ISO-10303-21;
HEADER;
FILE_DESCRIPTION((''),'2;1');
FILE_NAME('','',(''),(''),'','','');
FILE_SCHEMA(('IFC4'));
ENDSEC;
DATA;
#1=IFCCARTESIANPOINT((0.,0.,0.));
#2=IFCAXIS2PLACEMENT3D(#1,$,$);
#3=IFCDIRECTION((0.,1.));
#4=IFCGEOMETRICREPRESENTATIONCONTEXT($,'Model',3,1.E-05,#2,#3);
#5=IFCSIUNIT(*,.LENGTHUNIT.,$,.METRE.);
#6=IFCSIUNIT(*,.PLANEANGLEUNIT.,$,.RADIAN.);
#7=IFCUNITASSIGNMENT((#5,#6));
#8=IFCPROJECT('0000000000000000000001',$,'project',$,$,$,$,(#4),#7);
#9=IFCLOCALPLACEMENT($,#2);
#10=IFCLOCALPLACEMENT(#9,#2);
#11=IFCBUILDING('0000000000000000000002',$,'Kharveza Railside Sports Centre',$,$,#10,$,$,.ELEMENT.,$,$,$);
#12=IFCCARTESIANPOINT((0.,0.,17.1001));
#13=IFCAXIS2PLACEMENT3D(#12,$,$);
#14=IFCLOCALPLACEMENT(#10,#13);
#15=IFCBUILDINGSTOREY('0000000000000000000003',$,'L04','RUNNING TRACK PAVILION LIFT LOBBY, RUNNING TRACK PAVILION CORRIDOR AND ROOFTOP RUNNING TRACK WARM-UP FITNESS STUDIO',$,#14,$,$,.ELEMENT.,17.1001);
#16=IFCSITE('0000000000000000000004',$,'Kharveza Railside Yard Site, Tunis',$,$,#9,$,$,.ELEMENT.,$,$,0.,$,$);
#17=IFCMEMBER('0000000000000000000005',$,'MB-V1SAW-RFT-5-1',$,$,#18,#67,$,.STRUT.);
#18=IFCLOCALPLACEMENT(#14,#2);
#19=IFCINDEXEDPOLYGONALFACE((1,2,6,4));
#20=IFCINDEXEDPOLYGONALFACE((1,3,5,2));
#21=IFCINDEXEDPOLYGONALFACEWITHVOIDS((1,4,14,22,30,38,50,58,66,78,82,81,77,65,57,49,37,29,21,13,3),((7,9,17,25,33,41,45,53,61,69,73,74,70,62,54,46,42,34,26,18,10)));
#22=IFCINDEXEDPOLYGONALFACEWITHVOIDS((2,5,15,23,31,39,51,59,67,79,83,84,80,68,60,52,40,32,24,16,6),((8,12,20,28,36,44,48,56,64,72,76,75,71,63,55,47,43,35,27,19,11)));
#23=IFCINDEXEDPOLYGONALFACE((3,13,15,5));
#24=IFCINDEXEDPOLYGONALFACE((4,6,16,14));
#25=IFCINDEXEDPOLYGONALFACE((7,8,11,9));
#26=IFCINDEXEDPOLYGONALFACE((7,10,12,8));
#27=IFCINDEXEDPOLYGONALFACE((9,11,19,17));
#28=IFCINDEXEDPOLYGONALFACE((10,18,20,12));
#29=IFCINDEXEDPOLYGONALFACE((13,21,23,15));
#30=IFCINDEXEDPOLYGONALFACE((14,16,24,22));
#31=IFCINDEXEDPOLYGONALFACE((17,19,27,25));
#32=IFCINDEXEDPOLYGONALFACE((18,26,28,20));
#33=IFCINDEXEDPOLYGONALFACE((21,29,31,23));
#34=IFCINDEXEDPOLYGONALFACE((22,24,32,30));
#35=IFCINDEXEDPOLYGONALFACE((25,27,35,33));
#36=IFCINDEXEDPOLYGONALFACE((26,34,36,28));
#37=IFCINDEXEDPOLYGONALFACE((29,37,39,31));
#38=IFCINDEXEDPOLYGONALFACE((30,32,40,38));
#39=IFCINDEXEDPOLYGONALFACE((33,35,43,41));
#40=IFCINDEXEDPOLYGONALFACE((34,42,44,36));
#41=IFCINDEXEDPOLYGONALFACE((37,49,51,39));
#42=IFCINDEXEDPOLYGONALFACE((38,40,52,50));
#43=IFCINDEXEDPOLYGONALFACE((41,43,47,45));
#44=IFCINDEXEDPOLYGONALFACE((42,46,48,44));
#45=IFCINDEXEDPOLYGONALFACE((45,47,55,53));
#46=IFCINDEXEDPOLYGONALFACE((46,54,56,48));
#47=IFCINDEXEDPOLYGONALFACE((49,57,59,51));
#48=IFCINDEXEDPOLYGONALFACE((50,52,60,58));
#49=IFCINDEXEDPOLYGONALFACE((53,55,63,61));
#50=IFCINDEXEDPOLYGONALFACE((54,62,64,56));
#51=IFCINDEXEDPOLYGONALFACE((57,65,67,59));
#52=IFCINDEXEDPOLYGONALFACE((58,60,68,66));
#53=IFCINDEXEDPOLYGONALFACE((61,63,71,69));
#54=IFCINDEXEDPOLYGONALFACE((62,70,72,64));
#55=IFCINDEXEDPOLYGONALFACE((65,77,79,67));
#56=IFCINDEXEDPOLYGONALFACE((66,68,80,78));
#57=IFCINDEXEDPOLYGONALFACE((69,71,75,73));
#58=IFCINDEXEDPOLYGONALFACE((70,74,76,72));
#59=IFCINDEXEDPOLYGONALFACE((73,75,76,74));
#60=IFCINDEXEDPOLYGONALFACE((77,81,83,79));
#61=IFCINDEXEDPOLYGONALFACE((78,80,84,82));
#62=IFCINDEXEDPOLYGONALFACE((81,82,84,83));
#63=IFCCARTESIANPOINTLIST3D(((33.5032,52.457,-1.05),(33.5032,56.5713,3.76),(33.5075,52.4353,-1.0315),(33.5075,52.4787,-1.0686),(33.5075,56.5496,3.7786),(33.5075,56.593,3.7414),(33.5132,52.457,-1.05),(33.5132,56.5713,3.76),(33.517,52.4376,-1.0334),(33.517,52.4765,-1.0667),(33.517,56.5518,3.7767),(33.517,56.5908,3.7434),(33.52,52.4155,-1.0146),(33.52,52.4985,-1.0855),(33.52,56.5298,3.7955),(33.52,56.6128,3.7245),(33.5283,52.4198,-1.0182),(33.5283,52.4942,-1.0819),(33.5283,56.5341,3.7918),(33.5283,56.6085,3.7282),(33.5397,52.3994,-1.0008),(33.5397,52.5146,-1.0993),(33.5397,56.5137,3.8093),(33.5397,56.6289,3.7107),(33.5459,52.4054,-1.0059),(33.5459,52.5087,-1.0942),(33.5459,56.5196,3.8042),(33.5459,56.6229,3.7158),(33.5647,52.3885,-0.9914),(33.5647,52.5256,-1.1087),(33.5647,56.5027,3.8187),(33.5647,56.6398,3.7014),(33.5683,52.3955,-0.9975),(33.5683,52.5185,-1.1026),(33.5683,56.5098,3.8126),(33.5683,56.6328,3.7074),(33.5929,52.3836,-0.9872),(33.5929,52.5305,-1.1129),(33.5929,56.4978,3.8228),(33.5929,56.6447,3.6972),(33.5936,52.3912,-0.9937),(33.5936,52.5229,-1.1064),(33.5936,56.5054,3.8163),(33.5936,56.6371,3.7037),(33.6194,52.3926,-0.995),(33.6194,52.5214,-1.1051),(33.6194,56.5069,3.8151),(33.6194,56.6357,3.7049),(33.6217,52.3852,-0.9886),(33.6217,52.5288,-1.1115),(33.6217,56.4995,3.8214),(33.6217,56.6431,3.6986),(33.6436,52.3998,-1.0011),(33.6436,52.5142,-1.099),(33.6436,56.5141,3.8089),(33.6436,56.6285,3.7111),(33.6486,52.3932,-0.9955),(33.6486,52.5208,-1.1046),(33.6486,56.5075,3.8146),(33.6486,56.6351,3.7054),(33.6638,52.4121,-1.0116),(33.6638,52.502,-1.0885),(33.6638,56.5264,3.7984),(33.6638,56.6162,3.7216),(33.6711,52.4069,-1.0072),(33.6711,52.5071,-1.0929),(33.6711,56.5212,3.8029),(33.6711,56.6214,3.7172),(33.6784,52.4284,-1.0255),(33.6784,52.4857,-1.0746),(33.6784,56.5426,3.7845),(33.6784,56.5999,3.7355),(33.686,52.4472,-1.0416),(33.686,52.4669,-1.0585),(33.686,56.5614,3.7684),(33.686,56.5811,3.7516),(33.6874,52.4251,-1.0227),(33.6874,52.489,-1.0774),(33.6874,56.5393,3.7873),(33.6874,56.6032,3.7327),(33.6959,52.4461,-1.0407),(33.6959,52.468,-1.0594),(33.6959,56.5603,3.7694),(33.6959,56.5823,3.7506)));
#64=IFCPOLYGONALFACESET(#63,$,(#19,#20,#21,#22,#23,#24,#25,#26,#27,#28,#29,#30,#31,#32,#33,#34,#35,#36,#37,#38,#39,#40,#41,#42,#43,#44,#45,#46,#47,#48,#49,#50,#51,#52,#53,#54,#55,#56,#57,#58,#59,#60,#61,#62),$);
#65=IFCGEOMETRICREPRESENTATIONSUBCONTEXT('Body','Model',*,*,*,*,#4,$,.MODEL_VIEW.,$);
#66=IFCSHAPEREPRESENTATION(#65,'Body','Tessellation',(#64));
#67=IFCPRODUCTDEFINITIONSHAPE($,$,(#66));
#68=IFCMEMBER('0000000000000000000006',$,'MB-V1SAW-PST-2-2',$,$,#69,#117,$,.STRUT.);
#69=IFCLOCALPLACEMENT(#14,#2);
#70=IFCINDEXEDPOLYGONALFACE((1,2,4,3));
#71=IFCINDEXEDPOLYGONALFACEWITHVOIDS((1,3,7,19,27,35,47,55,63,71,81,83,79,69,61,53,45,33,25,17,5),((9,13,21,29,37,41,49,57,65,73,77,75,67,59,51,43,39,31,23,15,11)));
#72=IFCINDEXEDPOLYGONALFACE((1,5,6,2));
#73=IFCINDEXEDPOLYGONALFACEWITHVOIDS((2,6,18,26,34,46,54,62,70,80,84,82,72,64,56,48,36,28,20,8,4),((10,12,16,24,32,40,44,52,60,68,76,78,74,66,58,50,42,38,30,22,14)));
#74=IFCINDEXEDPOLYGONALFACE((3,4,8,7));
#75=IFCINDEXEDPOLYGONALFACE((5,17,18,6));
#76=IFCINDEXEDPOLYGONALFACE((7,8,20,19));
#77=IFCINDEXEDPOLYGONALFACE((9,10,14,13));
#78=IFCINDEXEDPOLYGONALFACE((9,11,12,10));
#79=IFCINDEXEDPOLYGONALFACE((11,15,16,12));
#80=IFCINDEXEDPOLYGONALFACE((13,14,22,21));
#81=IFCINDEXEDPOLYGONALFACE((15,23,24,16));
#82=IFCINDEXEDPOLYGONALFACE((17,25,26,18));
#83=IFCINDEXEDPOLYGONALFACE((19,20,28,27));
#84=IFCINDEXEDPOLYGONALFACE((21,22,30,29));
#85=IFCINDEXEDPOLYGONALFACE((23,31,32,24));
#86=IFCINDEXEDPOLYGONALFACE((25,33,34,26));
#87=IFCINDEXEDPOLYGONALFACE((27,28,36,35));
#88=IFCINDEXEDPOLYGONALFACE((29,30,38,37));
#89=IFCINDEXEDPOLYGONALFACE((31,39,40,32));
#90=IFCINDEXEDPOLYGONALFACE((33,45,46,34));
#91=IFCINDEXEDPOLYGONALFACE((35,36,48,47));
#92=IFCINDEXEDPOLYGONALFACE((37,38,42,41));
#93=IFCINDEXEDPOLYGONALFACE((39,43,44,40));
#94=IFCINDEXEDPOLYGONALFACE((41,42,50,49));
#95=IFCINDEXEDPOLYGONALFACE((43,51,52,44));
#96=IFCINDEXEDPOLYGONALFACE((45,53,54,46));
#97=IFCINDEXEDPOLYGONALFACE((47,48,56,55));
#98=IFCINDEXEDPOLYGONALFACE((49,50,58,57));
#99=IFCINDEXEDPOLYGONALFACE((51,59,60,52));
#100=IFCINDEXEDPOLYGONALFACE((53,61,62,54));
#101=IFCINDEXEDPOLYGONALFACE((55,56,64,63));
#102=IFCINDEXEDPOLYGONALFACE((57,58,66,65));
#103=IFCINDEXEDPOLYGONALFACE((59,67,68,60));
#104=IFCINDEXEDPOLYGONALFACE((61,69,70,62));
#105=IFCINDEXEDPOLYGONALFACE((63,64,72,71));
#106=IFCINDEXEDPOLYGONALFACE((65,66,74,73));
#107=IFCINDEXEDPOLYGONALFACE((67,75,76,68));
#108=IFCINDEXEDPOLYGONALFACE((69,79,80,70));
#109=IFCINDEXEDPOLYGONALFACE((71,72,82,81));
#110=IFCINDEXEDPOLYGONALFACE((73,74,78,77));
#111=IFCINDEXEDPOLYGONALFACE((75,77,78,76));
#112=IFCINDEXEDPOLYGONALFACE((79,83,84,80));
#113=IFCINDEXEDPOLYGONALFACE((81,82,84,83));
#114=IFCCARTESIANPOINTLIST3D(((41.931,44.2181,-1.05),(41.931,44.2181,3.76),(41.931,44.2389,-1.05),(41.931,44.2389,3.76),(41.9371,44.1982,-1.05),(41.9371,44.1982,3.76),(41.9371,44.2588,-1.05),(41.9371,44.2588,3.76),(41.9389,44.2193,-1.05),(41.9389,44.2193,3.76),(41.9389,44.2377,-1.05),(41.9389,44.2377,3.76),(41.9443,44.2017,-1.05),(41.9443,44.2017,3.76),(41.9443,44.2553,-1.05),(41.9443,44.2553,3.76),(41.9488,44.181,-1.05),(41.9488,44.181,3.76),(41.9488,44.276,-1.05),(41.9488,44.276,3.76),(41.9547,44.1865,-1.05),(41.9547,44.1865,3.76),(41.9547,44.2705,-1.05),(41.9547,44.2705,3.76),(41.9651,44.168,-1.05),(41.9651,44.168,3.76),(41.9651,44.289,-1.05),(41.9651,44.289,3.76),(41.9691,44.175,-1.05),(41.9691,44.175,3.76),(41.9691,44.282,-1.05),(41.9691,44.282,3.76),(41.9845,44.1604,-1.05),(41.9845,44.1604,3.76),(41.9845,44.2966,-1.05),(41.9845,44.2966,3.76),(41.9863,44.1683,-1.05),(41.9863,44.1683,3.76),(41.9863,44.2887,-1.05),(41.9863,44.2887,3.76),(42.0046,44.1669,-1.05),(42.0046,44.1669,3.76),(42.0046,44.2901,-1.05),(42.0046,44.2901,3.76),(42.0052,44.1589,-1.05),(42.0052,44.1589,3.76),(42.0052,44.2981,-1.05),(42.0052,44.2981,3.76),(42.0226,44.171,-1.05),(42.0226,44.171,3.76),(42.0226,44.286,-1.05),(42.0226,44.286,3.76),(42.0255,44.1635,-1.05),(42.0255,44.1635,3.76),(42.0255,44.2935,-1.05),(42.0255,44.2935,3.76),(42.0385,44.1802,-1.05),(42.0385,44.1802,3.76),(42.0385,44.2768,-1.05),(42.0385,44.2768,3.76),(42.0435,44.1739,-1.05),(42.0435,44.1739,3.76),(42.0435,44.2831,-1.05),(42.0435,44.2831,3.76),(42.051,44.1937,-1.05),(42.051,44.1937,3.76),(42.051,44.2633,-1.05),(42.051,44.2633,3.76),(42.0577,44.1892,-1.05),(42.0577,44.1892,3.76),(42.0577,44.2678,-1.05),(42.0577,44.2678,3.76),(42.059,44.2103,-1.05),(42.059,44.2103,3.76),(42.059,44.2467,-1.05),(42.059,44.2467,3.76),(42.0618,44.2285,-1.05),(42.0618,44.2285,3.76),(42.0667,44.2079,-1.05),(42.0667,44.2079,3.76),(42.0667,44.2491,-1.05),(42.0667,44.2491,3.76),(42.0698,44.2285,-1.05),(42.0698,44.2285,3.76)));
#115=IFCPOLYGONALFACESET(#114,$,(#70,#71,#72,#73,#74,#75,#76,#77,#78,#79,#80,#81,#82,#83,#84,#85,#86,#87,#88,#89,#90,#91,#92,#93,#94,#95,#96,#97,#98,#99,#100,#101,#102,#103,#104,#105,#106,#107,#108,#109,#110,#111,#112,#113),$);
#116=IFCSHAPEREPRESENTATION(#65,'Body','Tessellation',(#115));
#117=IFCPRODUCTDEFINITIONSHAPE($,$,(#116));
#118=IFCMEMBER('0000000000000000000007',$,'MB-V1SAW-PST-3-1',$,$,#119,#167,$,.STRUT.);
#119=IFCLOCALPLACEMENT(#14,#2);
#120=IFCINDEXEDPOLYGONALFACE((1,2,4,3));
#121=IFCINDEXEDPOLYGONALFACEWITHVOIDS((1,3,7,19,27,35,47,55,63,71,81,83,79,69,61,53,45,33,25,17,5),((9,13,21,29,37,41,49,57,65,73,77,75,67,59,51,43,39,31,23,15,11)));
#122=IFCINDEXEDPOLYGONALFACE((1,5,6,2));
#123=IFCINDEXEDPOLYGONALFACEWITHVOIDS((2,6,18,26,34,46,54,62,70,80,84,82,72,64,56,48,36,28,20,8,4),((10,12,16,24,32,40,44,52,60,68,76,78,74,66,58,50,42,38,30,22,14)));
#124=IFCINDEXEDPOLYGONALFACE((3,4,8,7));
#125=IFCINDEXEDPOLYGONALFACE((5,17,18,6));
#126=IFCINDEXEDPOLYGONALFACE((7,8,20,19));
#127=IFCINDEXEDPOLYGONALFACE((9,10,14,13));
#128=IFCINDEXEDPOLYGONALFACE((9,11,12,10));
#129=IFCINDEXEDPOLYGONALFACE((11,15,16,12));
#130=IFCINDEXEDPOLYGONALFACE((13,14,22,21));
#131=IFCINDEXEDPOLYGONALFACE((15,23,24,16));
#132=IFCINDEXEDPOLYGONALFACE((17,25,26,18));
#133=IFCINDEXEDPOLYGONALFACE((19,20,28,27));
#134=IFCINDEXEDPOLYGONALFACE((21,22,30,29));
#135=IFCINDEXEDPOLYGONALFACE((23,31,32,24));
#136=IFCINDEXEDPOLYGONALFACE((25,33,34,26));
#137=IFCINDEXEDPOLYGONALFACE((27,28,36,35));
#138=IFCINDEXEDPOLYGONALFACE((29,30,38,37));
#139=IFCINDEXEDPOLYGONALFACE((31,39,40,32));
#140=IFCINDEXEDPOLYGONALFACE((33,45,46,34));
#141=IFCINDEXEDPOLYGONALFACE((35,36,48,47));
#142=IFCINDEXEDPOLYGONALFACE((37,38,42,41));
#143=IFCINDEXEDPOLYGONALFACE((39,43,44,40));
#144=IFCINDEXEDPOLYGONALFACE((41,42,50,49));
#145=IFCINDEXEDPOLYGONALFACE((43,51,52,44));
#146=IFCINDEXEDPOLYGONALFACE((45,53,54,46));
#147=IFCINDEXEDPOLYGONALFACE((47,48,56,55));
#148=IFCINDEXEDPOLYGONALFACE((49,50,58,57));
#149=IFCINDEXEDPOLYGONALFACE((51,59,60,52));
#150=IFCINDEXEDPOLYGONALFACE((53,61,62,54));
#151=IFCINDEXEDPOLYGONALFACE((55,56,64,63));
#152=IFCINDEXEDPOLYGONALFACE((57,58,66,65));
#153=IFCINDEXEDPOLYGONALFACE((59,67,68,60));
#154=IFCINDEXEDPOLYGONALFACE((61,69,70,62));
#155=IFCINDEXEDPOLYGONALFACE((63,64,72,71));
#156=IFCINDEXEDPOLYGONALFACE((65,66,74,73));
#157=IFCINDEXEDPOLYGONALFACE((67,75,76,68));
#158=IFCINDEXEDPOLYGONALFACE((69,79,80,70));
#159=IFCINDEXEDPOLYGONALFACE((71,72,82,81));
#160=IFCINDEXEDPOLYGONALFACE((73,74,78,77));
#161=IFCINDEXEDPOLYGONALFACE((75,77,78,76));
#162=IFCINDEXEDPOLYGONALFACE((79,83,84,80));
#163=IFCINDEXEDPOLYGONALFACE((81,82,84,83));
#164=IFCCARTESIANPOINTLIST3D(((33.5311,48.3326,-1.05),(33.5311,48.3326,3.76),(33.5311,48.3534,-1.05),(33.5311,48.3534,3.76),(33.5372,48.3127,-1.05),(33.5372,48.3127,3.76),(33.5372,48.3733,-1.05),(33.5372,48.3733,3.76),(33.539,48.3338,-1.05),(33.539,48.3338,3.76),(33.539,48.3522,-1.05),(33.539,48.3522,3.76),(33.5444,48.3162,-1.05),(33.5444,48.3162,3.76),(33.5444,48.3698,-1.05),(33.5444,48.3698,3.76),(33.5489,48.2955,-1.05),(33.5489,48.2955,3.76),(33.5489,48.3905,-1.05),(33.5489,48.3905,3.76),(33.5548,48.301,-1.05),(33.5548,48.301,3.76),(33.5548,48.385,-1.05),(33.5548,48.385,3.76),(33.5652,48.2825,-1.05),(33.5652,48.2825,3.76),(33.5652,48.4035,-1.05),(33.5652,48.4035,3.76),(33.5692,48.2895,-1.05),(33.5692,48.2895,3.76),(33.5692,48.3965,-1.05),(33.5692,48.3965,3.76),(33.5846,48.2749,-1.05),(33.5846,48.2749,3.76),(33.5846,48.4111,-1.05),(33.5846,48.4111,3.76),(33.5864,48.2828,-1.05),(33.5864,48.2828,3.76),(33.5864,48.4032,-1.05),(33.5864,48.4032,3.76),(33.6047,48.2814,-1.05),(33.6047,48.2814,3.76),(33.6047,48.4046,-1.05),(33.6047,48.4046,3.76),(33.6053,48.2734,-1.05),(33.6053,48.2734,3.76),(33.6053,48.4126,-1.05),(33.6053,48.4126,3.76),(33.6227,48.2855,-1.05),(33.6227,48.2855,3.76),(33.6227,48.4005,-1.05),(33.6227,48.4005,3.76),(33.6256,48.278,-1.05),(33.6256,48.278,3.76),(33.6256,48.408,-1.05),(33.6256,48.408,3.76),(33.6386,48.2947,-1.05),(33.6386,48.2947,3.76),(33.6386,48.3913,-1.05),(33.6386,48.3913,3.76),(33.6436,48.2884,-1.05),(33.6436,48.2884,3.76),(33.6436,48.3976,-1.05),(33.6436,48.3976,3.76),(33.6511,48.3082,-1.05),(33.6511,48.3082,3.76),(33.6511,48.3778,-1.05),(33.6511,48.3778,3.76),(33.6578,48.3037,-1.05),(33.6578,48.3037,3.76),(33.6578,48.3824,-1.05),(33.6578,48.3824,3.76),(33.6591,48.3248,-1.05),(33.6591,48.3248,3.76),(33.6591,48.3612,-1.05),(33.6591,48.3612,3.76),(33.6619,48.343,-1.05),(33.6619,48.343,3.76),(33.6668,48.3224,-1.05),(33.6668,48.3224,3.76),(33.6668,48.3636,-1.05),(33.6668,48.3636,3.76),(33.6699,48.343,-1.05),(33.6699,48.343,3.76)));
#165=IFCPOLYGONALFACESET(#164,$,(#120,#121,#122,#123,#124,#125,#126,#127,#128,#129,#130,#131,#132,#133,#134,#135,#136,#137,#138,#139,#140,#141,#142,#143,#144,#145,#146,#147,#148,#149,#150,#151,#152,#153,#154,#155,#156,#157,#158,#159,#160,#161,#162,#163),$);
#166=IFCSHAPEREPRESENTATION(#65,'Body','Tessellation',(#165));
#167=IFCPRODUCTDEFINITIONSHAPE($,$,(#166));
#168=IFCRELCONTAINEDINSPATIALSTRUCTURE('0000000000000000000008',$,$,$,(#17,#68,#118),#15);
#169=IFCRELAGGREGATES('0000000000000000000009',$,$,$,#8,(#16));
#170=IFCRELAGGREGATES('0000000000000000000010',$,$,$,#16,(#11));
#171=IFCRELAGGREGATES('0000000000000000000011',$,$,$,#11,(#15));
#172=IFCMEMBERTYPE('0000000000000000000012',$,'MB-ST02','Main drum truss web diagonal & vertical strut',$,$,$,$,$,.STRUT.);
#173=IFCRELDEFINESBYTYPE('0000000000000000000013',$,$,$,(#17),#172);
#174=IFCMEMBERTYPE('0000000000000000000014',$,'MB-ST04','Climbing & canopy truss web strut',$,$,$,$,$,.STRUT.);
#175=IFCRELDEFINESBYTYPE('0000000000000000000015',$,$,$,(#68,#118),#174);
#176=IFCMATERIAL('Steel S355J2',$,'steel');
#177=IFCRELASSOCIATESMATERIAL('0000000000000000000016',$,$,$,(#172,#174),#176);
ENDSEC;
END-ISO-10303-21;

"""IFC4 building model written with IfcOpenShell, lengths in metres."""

from ifc_helpers import new_model, si_unit, direction, frame, origin, origin_2d, place, context, subcontext, project, spatial, hollow_circle, extrude, material, material_profile, profile_set, type_object, element, save


model = new_model("IFC4")

# Units and contexts
model_context = context("Model", 3, precision=1e-05, world=origin(), true_north=direction((0.0, 1.0)))
body_context = subcontext(model_context, "Body", "Model", "MODEL_VIEW")
ifc_project = project(units=[si_unit("LENGTHUNIT", "METRE"), si_unit("PLANEANGLEUNIT", "RADIAN")], contexts=[model_context])

# Site, building, storey
site_placement = place(None, origin())
site = spatial("IfcSite", under=ifc_project, at=site_placement, Name="Kharveza Railside Yard Site, Tunis", CompositionType="ELEMENT", RefElevation=0.0)
building_placement = place(site_placement, origin())
building = spatial("IfcBuilding", under=site, at=building_placement, Name="Kharveza Railside Sports Centre", CompositionType="ELEMENT")
storey_placement = place(building_placement, frame((0.0, 0.0, 17.1001)))
storey = spatial("IfcBuildingStorey", under=building, at=storey_placement, Name="L04", Description="RUNNING TRACK PAVILION LIFT LOBBY, RUNNING TRACK PAVILION CORRIDOR AND ROOFTOP RUNNING TRACK WARM-UP FITNESS STUDIO", CompositionType="ELEMENT", Elevation=17.1001)

# Shared definitions
ifc_material_1 = material(Name="Steel S355J2", Category="steel")

# Members
ifc_material_profile_1 = material_profile(ifc_material_1, hollow_circle(Radius=0.0969, WallThickness=0.01, at=origin_2d()), Name="CHS 193.7x10.0")
ifc_profile_set_1 = profile_set([ifc_material_profile_1], Name="Steel S355J2")
member_type_1 = type_object("IfcMemberType", Name="MB-ST02", Description="Main drum truss web diagonal & vertical strut", PredefinedType="STRUT", material=ifc_profile_set_1)
member_1_placement = place(storey_placement, frame((33.6001, 52.457, -1.05), z_axis=(0.0, 0.650003, 0.759931), x_axis=(-1.0, 0.0, 0.0)))
element("IfcMember", 1, at=member_1_placement, inside=storey, type_object=member_type_1, Name="MB-V1SAW-RFT-5-1", PredefinedType="STRUT", context=body_context, shape_type="SweptSolid", body=[
    extrude(hollow_circle(Radius=0.0969, WallThickness=0.01, at=origin_2d()), origin(), (0.0, 0.0, 1.0), 6.3296),
])
ifc_material_profile_2 = material_profile(ifc_material_1, hollow_circle(Radius=0.0698, WallThickness=0.0081, at=origin_2d()), Name="CHS 139.7x8.0")
ifc_profile_set_2 = profile_set([ifc_material_profile_2], Name="Steel S355J2")
member_type_2 = type_object("IfcMemberType", Name="MB-ST04", Description="Climbing & canopy truss web strut", PredefinedType="STRUT", material=ifc_profile_set_2)
for number, where, z_axis, x_axis, name in (
    (2, (42.0, 44.2285, -1.05), (0.0, 0.0, 1.0), (1.0, 0.0, 0.0), "MB-V1SAW-PST-2-2"),
    (3, (33.6001, 48.343, -1.05), (0.0, 0.0, 1.0), (1.0, 0.0, 0.0), "MB-V1SAW-PST-3-1"),
):
    element("IfcMember", number, at=place(storey_placement, frame(where, z_axis=z_axis, x_axis=x_axis)), inside=storey, type_object=member_type_2, Name=name, PredefinedType="STRUT", context=body_context, shape_type="SweptSolid", body=[
        extrude(hollow_circle(Radius=0.0698, WallThickness=0.0081, at=origin_2d()), origin(), (0.0, 0.0, 1.0), 4.8101),
    ])

save(model, "model.ifc")
